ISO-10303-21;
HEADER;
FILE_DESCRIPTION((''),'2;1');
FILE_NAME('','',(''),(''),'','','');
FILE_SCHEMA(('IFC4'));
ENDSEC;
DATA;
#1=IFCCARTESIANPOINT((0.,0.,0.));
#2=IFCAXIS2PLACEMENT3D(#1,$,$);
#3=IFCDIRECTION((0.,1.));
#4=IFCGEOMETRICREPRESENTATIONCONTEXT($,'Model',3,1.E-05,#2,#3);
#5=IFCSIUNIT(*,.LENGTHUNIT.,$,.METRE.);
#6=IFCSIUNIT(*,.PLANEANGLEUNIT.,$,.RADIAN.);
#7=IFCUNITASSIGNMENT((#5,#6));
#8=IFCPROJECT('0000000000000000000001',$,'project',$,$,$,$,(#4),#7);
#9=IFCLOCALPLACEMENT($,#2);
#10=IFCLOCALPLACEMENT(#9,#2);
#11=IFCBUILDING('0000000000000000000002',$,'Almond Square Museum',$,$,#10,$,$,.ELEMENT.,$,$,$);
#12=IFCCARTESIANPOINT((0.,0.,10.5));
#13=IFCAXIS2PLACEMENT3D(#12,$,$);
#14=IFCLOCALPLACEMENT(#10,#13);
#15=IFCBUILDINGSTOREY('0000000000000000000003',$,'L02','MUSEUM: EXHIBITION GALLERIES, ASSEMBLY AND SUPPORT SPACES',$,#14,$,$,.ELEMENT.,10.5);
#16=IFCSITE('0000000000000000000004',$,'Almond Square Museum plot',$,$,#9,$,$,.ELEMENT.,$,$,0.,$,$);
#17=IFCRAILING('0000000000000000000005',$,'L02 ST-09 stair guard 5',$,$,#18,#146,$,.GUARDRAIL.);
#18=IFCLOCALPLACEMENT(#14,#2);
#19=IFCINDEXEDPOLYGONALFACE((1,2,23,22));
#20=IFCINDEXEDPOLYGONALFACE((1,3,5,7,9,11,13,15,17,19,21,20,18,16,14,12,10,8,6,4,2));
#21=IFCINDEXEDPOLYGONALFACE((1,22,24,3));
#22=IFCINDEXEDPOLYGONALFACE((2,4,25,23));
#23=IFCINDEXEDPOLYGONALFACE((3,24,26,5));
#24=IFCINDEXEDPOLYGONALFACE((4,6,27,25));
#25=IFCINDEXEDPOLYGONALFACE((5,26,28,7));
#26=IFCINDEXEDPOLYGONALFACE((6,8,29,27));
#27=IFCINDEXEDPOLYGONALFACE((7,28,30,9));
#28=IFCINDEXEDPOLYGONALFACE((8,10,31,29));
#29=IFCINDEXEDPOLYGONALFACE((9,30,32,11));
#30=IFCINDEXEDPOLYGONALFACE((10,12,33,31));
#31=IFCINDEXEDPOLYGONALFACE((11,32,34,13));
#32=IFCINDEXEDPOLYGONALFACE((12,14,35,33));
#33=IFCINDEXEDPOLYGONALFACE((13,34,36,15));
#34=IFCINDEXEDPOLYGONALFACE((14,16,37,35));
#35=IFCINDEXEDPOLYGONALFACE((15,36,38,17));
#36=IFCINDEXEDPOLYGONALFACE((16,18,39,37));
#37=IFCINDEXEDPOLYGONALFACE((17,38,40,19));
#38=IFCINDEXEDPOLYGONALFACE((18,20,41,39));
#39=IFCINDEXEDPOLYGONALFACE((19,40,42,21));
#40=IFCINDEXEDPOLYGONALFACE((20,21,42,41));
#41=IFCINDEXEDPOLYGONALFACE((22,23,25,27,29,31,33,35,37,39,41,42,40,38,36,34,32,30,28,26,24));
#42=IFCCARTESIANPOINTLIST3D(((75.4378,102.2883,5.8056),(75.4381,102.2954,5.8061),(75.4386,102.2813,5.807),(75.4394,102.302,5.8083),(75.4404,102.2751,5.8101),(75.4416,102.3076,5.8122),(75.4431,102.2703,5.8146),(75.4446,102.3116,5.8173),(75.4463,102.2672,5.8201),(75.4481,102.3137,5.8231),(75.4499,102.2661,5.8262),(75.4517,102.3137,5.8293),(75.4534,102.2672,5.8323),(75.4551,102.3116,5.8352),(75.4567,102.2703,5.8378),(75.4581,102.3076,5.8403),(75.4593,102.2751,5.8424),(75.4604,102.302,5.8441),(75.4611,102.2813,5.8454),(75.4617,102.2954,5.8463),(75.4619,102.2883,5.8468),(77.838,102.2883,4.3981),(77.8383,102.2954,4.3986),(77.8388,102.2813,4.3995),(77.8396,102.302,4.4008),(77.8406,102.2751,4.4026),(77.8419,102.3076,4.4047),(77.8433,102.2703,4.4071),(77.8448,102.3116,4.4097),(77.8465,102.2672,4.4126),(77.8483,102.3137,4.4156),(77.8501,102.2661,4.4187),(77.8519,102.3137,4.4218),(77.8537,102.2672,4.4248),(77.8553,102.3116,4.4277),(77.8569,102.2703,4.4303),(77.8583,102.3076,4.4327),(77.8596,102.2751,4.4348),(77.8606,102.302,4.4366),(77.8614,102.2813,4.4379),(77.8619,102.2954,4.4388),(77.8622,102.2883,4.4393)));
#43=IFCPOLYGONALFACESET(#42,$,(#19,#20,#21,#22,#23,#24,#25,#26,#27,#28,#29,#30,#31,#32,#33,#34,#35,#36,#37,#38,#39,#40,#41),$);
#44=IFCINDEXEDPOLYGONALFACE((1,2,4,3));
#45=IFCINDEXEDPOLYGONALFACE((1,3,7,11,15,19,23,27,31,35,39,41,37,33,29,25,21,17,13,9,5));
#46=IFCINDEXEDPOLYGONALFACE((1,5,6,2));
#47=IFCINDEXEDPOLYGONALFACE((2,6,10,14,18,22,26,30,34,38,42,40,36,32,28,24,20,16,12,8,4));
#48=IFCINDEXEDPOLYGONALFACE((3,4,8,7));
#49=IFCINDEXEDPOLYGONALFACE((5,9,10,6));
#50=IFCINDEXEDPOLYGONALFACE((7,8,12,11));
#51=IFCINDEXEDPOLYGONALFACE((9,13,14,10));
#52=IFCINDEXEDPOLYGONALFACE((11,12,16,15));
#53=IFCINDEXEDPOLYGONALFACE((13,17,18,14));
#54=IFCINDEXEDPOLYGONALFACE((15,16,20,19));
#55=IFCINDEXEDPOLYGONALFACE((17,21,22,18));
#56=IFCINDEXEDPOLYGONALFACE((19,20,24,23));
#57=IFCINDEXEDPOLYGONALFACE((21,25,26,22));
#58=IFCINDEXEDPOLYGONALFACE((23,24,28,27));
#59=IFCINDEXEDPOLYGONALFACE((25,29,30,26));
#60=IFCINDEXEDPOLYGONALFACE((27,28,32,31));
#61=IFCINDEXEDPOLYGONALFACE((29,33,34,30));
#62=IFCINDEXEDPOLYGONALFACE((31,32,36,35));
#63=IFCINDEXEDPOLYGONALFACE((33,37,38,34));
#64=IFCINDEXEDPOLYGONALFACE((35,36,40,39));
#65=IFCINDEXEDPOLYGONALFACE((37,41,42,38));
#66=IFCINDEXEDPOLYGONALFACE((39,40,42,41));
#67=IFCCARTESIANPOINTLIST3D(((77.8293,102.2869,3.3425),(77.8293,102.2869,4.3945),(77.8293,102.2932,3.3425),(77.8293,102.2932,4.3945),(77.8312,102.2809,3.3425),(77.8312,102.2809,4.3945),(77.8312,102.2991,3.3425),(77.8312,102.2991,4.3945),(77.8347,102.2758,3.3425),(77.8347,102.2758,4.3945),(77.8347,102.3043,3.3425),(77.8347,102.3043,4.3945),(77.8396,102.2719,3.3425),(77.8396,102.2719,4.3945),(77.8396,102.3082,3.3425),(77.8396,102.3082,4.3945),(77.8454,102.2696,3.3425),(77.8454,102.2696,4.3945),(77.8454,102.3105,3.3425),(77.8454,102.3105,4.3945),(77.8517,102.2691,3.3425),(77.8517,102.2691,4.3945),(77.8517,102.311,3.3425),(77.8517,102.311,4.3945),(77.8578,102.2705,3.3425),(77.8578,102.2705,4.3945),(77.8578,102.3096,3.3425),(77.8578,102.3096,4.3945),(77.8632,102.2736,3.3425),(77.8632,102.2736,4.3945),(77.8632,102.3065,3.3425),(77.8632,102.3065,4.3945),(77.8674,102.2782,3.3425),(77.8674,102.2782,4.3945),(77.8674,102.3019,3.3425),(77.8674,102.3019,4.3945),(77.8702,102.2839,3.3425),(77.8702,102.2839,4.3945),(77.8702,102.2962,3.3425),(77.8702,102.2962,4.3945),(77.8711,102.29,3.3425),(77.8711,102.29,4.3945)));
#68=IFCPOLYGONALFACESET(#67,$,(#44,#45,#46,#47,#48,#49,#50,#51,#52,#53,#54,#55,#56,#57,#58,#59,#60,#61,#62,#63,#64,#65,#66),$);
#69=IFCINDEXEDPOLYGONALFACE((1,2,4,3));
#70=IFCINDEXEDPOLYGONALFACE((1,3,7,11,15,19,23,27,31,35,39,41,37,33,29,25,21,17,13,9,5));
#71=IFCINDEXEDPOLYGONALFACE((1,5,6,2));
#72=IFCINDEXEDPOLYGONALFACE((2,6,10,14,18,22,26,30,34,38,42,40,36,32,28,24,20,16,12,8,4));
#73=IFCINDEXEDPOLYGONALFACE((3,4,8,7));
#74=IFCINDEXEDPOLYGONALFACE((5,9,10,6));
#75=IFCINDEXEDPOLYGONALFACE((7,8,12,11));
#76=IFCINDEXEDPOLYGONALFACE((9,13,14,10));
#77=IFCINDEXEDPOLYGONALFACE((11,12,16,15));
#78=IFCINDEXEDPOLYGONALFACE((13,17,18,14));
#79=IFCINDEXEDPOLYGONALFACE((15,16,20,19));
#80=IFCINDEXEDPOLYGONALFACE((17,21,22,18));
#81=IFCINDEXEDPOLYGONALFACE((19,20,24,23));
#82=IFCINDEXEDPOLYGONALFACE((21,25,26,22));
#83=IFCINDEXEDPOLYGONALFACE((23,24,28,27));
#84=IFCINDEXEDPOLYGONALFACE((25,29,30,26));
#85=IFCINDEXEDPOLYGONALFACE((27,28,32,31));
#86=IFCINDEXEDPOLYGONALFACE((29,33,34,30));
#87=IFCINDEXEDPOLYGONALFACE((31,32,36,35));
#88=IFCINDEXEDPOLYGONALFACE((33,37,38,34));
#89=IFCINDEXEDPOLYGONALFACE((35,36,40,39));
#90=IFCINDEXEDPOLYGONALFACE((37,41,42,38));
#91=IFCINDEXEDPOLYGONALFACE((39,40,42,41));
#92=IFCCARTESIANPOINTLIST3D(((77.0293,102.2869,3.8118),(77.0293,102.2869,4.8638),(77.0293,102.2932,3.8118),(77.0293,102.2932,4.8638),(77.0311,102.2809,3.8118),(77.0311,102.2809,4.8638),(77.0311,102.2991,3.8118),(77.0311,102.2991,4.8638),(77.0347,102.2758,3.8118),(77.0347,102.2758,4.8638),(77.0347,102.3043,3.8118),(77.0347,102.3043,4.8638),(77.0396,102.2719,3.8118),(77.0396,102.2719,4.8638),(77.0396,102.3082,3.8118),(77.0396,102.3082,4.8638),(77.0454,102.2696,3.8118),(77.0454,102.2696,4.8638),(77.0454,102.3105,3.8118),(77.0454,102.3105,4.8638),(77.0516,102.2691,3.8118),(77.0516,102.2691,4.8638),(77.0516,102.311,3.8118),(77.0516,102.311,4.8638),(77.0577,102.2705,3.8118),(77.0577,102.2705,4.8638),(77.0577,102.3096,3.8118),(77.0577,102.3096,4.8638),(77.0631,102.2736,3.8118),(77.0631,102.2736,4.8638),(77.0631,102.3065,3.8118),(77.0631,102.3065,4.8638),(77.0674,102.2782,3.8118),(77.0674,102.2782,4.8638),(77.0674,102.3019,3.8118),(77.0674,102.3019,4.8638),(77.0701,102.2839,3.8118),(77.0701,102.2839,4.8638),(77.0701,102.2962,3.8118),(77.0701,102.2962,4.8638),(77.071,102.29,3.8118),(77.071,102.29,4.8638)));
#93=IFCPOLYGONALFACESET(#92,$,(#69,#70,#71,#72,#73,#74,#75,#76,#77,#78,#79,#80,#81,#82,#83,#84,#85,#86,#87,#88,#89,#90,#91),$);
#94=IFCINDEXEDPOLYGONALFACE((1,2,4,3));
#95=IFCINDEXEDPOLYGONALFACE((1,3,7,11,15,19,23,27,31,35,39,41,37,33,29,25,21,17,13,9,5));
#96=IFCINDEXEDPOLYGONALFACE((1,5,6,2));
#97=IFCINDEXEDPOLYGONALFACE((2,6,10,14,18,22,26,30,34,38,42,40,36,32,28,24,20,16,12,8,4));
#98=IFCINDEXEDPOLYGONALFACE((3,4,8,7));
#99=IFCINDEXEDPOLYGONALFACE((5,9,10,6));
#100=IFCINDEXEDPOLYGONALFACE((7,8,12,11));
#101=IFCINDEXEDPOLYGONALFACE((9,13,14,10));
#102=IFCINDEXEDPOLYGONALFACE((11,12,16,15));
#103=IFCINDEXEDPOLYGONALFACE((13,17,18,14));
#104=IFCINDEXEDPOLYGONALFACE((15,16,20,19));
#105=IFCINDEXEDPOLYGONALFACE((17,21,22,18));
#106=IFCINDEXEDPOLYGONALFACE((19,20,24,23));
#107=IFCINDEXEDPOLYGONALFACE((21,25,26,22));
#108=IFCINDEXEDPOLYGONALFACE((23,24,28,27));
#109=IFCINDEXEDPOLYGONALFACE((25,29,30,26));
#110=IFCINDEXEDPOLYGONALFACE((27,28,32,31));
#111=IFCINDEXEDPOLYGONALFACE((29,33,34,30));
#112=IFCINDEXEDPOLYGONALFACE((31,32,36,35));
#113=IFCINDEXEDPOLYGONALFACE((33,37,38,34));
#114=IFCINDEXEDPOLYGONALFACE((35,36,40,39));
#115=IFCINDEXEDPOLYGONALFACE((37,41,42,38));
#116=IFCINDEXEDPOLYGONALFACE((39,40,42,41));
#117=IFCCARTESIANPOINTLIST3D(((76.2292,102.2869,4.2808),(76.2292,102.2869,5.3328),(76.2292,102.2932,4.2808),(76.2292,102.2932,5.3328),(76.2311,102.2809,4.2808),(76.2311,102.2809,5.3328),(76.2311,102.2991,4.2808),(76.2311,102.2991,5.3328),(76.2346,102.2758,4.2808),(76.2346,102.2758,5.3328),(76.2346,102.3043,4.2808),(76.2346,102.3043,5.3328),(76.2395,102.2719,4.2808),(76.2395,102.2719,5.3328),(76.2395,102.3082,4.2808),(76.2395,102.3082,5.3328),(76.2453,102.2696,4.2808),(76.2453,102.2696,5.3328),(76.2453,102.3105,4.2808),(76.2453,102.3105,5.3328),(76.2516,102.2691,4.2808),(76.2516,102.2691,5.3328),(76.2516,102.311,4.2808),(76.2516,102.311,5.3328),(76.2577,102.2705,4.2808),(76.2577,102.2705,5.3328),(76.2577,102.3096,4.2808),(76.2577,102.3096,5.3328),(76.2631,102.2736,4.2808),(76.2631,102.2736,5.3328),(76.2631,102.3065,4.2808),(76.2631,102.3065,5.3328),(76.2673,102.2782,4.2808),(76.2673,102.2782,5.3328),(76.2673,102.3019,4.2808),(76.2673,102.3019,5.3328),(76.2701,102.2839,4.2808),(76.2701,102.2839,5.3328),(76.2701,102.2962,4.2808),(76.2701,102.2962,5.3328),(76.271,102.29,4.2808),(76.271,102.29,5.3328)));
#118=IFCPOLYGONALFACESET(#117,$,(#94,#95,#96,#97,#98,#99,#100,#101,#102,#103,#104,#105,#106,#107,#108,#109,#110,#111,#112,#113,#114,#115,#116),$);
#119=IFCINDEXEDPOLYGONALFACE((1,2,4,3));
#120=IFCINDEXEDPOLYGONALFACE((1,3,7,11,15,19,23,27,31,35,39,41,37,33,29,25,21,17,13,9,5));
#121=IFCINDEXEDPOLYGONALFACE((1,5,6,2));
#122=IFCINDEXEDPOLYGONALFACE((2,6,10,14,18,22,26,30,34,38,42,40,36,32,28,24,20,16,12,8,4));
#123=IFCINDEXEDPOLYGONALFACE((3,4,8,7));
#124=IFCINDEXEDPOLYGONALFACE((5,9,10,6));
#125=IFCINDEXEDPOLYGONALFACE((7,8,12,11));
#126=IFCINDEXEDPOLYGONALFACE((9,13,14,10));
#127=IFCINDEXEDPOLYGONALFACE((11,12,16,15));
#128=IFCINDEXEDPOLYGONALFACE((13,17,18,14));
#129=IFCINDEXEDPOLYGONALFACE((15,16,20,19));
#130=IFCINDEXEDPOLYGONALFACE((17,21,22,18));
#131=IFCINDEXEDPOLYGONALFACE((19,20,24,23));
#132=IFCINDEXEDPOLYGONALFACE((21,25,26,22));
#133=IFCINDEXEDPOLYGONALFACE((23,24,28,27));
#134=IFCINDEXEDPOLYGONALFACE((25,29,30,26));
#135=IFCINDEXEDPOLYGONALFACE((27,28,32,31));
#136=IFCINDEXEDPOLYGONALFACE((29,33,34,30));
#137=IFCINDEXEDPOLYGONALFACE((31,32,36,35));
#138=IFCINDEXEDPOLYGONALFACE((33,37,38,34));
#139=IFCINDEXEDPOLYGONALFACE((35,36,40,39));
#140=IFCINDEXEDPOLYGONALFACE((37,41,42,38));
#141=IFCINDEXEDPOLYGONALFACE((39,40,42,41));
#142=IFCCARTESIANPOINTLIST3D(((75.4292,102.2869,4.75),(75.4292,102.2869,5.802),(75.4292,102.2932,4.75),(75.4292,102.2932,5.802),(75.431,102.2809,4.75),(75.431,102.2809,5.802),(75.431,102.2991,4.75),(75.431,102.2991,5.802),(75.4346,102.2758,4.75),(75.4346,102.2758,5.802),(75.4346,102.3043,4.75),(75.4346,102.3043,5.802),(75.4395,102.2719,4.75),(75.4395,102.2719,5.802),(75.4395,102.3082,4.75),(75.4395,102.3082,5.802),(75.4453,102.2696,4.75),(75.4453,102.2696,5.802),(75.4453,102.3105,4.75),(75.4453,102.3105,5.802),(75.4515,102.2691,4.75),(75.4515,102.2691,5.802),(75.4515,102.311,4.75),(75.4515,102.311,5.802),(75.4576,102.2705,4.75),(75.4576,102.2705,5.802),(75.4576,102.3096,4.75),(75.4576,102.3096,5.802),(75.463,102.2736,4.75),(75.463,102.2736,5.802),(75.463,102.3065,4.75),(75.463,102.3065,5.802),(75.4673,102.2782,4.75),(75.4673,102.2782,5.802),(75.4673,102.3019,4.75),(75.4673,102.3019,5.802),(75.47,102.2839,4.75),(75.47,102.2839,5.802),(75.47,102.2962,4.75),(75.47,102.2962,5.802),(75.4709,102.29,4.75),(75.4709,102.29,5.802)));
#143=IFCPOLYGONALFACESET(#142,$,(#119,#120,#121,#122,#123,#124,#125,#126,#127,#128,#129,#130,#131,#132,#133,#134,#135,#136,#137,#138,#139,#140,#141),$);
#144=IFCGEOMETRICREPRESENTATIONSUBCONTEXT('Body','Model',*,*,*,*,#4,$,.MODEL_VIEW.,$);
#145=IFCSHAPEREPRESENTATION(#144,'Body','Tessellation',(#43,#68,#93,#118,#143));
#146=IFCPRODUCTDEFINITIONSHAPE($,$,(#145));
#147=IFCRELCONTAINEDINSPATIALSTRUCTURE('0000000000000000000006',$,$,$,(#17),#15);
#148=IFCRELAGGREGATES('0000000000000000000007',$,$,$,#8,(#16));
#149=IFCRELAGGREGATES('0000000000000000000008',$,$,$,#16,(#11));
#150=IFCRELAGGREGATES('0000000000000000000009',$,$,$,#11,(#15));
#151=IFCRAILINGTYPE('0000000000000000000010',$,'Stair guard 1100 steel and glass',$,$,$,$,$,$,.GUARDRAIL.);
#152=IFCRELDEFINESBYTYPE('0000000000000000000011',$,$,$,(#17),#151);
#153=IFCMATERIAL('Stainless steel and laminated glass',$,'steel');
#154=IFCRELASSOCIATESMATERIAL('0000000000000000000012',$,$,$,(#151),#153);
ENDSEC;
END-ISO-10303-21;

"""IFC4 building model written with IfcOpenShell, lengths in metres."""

from ifc_helpers import new_model, si_unit, direction, frame, origin, origin_2d, place, context, subcontext, project, spatial, circle, extrude, material, type_object, element, save


model = new_model("IFC4")

# Units and contexts
model_context = context("Model", 3, precision=1e-05, world=origin(), true_north=direction((0.0, 1.0)))
body_context = subcontext(model_context, "Body", "Model", "MODEL_VIEW")
ifc_project = project(units=[si_unit("LENGTHUNIT", "METRE"), si_unit("PLANEANGLEUNIT", "RADIAN")], contexts=[model_context])

# Site, building, storey
site_placement = place(None, origin())
site = spatial("IfcSite", under=ifc_project, at=site_placement, Name="Almond Square Museum plot", CompositionType="ELEMENT", RefElevation=0.0)
building_placement = place(site_placement, origin())
building = spatial("IfcBuilding", under=site, at=building_placement, Name="Almond Square Museum", CompositionType="ELEMENT")
storey_placement = place(building_placement, frame((0.0, 0.0, 10.5)))
storey = spatial("IfcBuildingStorey", under=building, at=storey_placement, Name="L02", Description="MUSEUM: EXHIBITION GALLERIES, ASSEMBLY AND SUPPORT SPACES", CompositionType="ELEMENT", Elevation=10.5)

# Railing
ifc_material_1 = material(Name="Stainless steel and laminated glass", Category="steel")
railing_type_1 = type_object("IfcRailingType", Name="Stair guard 1100 steel and glass", PredefinedType="GUARDRAIL", material=ifc_material_1)
railing_1_placement = place(storey_placement, frame((77.8501, 102.29, 3.3425)))
element("IfcRailing", 1, at=railing_1_placement, inside=storey, type_object=railing_type_1, Name="L02 ST-09 stair guard 5", PredefinedType="GUARDRAIL", context=body_context, shape_type="SweptSolid", body=[
    extrude(circle(Radius=0.0239, at=origin_2d()), frame((0.0, 0.0, 1.0762), z_axis=(-0.862621, 0.0, 0.50585), x_axis=(0.0, -1.0, 0.0)), (0.0, 0.0, 1.0), 2.7825),
    extrude(circle(Radius=0.021, at=origin_2d()), origin(), (0.0, 0.0, 1.0), 1.052),
    extrude(circle(Radius=0.021, at=origin_2d()), frame((-0.8, 0.0, 0.4692)), (0.0, 0.0, 1.0), 1.052),
    extrude(circle(Radius=0.021, at=origin_2d()), frame((-1.6001, 0.0, 0.9382)), (0.0, 0.0, 1.0), 1.052),
    extrude(circle(Radius=0.021, at=origin_2d()), frame((-2.4001, 0.0, 1.4075)), (0.0, 0.0, 1.0), 1.052),
])

save(model, "model.ifc")
